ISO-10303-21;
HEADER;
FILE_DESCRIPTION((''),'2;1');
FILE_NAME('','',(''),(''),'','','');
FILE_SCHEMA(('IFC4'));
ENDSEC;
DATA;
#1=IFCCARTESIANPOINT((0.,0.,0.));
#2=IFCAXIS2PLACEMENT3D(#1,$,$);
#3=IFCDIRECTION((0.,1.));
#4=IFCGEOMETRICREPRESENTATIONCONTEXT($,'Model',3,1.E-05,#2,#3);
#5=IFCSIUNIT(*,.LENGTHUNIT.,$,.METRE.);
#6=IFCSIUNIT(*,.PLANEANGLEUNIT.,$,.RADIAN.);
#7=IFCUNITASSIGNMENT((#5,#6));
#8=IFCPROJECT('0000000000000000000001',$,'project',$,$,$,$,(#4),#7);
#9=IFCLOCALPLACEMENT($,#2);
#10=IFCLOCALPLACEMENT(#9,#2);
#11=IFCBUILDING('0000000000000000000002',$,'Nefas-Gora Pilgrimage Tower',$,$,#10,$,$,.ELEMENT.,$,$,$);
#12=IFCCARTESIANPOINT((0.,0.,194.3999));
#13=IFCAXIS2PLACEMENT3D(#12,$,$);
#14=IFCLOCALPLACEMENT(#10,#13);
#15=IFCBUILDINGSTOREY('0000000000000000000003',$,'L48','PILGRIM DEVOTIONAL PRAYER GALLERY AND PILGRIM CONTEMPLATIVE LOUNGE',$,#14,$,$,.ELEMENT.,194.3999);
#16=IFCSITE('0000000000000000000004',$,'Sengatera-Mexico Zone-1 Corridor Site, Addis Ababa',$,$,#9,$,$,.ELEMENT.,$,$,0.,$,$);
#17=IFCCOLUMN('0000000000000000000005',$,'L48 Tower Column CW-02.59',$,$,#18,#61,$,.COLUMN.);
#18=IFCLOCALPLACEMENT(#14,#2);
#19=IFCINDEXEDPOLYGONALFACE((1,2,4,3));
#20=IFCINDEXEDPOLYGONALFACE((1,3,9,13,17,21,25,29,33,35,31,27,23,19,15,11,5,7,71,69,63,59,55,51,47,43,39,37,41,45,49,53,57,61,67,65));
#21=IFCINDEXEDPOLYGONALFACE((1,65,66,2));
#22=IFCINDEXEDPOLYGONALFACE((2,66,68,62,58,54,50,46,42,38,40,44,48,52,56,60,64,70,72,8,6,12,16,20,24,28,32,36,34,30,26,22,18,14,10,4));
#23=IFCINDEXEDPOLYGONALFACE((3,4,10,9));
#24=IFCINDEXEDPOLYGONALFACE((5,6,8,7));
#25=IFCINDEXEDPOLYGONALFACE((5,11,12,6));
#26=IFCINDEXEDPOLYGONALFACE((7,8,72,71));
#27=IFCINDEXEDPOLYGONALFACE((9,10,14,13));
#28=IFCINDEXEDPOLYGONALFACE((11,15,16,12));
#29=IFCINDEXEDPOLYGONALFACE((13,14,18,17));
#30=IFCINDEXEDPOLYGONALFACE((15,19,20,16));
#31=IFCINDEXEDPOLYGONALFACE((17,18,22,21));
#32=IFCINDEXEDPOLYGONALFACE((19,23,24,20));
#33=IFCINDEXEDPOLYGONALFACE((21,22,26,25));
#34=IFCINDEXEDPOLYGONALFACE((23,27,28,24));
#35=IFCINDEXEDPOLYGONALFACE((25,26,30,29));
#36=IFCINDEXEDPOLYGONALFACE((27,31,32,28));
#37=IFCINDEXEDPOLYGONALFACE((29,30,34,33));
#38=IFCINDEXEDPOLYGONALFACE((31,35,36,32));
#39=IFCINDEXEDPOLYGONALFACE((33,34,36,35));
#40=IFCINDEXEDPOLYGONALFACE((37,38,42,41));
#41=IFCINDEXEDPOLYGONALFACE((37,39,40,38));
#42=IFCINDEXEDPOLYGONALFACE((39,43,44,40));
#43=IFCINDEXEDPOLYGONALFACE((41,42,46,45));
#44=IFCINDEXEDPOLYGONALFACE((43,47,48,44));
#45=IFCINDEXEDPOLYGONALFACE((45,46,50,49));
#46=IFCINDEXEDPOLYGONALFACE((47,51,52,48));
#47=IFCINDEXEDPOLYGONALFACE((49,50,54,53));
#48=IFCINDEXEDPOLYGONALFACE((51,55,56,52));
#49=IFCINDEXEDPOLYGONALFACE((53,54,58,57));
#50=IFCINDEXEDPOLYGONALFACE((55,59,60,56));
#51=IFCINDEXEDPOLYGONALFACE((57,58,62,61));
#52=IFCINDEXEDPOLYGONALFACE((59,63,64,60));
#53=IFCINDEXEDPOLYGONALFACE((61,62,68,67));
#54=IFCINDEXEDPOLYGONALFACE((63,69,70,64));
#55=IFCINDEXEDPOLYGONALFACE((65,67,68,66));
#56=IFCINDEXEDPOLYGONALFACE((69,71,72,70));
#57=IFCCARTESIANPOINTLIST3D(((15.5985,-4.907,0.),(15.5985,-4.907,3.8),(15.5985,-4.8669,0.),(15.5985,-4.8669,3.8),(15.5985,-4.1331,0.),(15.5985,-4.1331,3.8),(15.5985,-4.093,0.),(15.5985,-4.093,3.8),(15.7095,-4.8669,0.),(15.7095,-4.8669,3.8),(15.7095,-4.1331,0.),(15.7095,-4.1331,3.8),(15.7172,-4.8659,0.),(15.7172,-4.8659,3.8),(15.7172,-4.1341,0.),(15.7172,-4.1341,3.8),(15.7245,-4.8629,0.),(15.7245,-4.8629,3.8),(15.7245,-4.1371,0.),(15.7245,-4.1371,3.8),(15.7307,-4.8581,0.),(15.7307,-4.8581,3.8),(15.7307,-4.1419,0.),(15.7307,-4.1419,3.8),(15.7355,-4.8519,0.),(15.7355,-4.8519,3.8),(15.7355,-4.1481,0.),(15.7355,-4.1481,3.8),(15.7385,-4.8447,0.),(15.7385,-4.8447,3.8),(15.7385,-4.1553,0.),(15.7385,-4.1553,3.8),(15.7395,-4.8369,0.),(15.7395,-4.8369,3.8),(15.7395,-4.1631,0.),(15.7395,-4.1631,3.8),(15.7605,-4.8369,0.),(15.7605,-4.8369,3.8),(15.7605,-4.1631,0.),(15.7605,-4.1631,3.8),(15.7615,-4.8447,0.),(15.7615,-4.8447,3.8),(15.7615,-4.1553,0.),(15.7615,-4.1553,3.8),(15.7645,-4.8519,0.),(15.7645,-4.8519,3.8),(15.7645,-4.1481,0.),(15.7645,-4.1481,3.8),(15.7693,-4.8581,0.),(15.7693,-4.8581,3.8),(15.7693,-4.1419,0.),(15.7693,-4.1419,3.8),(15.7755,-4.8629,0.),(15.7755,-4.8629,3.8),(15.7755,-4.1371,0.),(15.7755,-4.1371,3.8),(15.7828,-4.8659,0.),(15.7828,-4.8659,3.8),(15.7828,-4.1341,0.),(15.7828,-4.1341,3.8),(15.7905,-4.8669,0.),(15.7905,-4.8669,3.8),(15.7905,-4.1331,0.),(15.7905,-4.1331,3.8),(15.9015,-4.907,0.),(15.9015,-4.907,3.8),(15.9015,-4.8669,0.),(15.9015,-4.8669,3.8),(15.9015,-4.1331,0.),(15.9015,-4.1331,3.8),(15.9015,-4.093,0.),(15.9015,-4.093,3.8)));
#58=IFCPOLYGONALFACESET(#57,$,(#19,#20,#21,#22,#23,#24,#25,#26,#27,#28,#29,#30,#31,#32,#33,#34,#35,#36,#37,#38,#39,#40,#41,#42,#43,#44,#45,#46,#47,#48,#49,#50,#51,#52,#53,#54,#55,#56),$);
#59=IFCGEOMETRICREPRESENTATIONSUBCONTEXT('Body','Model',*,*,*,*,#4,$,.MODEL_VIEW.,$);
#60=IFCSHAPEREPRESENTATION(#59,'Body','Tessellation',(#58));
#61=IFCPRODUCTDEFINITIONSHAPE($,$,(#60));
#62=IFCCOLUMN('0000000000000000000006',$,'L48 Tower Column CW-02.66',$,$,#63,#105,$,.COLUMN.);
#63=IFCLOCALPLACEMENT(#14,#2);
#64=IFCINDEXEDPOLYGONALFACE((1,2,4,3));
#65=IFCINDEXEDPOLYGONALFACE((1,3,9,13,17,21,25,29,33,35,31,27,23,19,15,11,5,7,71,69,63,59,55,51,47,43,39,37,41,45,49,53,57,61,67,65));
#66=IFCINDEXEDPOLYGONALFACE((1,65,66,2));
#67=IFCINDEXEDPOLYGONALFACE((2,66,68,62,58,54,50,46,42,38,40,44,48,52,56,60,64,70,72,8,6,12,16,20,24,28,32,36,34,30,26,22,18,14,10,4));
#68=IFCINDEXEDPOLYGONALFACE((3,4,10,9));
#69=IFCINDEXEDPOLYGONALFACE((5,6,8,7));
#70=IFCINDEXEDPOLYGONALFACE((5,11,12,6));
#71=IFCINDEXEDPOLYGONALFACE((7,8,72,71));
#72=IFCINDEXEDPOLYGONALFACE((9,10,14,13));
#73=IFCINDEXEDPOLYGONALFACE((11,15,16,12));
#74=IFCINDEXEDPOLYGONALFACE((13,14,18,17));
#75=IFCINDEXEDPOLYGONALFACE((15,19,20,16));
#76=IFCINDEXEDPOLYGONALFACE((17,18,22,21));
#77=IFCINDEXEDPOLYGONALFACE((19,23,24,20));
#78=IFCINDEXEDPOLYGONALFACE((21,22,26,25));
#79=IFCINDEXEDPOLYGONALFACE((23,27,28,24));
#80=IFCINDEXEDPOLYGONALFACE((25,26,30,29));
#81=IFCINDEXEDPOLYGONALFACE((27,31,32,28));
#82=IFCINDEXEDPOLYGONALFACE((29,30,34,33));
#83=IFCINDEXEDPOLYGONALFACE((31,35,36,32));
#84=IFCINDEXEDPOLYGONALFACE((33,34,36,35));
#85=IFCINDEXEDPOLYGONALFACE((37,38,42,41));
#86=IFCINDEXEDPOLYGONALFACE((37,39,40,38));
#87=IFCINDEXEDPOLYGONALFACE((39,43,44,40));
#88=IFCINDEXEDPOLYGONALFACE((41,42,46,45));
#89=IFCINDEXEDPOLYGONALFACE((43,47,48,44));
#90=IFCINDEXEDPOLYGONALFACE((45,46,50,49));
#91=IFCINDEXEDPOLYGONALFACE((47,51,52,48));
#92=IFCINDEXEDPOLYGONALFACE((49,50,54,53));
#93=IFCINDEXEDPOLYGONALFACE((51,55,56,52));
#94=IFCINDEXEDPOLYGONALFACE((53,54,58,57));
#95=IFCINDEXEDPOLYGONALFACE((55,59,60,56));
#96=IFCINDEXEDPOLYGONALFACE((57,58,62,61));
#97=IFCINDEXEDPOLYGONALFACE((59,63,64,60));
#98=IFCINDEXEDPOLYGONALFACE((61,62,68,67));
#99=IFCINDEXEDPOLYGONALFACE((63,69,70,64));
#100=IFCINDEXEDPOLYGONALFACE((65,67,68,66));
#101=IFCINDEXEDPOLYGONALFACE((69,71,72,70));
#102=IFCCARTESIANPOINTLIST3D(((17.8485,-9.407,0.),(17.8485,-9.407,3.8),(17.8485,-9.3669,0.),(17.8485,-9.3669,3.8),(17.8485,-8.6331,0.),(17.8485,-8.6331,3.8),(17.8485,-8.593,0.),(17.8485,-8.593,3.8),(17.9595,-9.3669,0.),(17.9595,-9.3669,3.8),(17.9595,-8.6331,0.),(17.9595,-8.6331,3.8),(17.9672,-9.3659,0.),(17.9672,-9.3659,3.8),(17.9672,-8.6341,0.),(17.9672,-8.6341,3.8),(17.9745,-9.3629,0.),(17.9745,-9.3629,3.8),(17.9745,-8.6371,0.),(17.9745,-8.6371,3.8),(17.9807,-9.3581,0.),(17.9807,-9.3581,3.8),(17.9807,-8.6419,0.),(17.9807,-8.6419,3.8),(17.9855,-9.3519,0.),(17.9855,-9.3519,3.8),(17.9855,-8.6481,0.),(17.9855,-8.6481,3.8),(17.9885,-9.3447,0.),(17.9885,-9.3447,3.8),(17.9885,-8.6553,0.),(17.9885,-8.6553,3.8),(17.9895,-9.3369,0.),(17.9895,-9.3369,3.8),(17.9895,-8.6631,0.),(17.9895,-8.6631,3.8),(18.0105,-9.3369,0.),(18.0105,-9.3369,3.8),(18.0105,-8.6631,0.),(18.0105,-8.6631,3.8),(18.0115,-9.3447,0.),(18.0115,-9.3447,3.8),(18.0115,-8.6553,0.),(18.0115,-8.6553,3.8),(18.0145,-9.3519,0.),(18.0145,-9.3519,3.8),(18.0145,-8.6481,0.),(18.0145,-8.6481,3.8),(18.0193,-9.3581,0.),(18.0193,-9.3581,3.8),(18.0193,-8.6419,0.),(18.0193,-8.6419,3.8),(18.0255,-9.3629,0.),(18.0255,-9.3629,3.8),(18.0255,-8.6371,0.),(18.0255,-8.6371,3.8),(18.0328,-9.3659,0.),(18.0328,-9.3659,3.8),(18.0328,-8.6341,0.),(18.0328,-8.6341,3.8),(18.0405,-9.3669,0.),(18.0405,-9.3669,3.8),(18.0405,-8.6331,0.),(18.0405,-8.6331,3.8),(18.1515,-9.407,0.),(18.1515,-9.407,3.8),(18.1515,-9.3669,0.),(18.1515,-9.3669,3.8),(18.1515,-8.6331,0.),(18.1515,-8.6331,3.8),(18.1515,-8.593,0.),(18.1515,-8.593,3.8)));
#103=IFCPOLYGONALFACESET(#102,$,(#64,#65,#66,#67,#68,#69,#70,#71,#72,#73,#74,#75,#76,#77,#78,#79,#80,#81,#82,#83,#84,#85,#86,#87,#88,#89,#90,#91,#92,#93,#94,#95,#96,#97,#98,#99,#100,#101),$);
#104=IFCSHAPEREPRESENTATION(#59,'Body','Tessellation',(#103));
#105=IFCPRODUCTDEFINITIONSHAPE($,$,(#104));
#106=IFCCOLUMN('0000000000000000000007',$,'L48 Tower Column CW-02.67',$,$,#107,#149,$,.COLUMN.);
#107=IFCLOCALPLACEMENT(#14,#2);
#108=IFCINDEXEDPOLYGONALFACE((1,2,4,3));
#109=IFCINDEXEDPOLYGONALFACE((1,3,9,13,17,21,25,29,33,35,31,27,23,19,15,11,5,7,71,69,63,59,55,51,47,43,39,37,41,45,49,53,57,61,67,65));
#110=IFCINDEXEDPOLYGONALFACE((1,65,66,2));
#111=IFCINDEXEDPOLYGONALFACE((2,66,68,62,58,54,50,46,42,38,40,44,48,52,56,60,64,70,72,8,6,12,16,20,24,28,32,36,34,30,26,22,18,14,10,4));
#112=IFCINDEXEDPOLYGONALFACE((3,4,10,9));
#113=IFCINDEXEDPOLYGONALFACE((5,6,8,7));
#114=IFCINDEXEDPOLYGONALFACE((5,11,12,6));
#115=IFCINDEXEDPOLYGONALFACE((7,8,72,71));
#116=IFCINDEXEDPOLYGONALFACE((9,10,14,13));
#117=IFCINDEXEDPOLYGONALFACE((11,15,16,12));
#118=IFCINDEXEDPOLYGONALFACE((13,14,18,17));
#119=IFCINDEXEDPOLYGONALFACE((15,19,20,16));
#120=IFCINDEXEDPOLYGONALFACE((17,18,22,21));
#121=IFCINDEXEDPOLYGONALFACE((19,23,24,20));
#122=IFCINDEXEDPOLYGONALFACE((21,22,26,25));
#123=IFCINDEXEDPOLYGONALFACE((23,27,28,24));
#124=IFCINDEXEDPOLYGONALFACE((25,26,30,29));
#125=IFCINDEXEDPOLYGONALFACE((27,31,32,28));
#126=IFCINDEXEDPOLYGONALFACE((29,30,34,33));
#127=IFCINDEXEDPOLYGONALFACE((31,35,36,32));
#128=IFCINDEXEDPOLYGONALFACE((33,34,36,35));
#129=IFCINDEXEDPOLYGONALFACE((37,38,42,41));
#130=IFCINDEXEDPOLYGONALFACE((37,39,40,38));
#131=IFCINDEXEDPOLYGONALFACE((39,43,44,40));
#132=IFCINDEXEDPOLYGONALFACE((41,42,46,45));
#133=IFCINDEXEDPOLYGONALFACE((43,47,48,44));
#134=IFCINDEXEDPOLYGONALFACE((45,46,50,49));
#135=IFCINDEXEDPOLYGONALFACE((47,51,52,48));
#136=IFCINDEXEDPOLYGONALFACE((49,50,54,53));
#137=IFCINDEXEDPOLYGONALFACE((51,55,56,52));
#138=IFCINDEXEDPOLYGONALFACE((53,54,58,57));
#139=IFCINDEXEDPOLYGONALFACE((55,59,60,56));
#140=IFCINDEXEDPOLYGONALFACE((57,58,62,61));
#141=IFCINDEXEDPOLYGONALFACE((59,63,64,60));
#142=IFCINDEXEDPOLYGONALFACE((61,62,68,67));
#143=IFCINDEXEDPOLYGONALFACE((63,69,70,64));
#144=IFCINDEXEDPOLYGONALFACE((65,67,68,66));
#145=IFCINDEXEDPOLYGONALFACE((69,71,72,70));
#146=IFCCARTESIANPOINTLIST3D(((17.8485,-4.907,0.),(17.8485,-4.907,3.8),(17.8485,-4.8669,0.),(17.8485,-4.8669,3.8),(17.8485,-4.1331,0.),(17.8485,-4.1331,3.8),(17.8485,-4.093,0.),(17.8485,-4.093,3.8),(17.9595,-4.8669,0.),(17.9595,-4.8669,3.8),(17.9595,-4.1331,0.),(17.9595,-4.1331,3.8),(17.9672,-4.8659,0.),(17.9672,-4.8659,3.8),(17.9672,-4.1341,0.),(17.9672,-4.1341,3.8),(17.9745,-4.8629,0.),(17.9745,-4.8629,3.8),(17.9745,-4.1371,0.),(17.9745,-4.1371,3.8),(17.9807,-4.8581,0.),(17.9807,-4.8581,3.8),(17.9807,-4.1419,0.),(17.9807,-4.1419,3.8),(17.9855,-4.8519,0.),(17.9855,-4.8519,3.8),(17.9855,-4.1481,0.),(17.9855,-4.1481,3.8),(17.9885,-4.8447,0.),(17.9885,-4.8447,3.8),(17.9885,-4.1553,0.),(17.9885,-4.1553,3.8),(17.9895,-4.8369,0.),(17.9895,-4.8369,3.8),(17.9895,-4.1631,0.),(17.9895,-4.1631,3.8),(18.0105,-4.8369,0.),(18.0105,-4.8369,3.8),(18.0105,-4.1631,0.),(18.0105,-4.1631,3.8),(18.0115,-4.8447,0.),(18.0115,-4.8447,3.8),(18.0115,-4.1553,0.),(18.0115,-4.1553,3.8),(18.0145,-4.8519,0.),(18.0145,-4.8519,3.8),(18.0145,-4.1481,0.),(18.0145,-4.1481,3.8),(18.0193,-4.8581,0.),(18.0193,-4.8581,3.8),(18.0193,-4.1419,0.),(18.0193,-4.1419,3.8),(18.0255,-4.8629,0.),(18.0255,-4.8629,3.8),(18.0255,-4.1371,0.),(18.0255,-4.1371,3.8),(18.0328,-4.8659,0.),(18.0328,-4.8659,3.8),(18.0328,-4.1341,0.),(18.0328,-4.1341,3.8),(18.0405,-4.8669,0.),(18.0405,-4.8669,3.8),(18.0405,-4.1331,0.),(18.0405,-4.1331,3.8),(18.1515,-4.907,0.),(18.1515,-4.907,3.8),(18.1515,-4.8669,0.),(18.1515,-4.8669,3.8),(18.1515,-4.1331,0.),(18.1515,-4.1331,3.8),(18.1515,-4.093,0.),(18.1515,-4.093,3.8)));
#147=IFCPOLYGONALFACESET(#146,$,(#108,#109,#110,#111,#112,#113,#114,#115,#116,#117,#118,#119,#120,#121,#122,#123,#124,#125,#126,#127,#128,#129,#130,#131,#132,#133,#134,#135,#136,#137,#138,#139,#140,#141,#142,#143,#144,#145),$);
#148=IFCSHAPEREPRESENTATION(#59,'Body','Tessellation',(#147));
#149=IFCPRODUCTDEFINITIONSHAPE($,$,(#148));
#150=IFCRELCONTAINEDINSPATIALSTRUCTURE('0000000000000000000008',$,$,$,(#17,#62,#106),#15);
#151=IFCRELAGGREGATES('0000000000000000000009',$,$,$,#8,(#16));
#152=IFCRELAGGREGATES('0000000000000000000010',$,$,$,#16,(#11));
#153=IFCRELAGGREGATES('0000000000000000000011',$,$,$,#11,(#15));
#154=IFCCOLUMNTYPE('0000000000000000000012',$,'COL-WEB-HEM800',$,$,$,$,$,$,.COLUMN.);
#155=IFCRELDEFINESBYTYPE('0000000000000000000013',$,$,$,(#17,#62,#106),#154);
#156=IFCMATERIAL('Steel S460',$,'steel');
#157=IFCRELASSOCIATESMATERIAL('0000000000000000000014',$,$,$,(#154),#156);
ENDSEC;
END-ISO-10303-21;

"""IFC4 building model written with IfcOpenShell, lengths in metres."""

from ifc_helpers import new_model, si_unit, direction, frame, origin, origin_2d, place, context, subcontext, project, spatial, i_section, extrude, source, transform, mapped, material, material_profile, profile_set, type_object, element, save


model = new_model("IFC4")

# Units and contexts
model_context = context("Model", 3, precision=1e-05, world=origin(), true_north=direction((0.0, 1.0)))
body_context = subcontext(model_context, "Body", "Model", "MODEL_VIEW")
ifc_project = project(units=[si_unit("LENGTHUNIT", "METRE"), si_unit("PLANEANGLEUNIT", "RADIAN")], contexts=[model_context])

# Site, building, storey
site_placement = place(None, origin())
site = spatial("IfcSite", under=ifc_project, at=site_placement, Name="Sengatera-Mexico Zone-1 Corridor Site, Addis Ababa", CompositionType="ELEMENT", RefElevation=0.0)
building_placement = place(site_placement, origin())
building = spatial("IfcBuilding", under=site, at=building_placement, Name="Nefas-Gora Pilgrimage Tower", CompositionType="ELEMENT")
storey_placement = place(building_placement, frame((0.0, 0.0, 194.3999)))
storey = spatial("IfcBuildingStorey", under=building, at=storey_placement, Name="L48", Description="PILGRIM DEVOTIONAL PRAYER GALLERY AND PILGRIM CONTEMPLATIVE LOUNGE", CompositionType="ELEMENT", Elevation=194.3999)

# Columns
ifc_material_1 = material(Name="Steel S460", Category="steel")
ifc_material_profile_1 = material_profile(ifc_material_1, i_section(OverallWidth=0.303, OverallDepth=0.814, WebThickness=0.021, FlangeThickness=0.04, FilletRadius=0.03, at=origin_2d()), Name="HEM 800")
ifc_profile_set_1 = profile_set([ifc_material_profile_1], Name="Steel S460")
column_type_1 = type_object("IfcColumnType", Name="COL-WEB-HEM800", PredefinedType="COLUMN", material=ifc_profile_set_1)
shared_shape_1 = source(origin(), body_context, "Body", "SweptSolid", [
    extrude(i_section(OverallWidth=0.303, OverallDepth=0.814, WebThickness=0.021, FlangeThickness=0.04, FilletRadius=0.03, at=origin_2d()), origin(), (0.0, 0.0, 1.0), 3.8),
])
for number, where, z_axis, x_axis, name in (
    (1, (15.75, -4.5, 0.0), (0.0, 0.0, 1.0), (1.0, 0.0, 0.0), "L48 Tower Column CW-02.59"),
    (2, (18.0, -9.0, 0.0), (0.0, 0.0, 1.0), (1.0, 0.0, 0.0), "L48 Tower Column CW-02.66"),
    (3, (18.0, -4.5, 0.0), (0.0, 0.0, 1.0), (1.0, 0.0, 0.0), "L48 Tower Column CW-02.67"),
):
    element("IfcColumn", number, at=place(storey_placement, frame(where, z_axis=z_axis, x_axis=x_axis)), inside=storey, type_object=column_type_1, Name=name, PredefinedType="COLUMN", context=body_context, shape_type="MappedRepresentation", body=[
        mapped(shared_shape_1, transform((0.0, 0.0, 0.0), x_axis=(1.0, 0.0, 0.0), y_axis=(0.0, 1.0, 0.0), z_axis=(0.0, 0.0, 1.0), scale=1.0)),
    ])

save(model, "model.ifc")
